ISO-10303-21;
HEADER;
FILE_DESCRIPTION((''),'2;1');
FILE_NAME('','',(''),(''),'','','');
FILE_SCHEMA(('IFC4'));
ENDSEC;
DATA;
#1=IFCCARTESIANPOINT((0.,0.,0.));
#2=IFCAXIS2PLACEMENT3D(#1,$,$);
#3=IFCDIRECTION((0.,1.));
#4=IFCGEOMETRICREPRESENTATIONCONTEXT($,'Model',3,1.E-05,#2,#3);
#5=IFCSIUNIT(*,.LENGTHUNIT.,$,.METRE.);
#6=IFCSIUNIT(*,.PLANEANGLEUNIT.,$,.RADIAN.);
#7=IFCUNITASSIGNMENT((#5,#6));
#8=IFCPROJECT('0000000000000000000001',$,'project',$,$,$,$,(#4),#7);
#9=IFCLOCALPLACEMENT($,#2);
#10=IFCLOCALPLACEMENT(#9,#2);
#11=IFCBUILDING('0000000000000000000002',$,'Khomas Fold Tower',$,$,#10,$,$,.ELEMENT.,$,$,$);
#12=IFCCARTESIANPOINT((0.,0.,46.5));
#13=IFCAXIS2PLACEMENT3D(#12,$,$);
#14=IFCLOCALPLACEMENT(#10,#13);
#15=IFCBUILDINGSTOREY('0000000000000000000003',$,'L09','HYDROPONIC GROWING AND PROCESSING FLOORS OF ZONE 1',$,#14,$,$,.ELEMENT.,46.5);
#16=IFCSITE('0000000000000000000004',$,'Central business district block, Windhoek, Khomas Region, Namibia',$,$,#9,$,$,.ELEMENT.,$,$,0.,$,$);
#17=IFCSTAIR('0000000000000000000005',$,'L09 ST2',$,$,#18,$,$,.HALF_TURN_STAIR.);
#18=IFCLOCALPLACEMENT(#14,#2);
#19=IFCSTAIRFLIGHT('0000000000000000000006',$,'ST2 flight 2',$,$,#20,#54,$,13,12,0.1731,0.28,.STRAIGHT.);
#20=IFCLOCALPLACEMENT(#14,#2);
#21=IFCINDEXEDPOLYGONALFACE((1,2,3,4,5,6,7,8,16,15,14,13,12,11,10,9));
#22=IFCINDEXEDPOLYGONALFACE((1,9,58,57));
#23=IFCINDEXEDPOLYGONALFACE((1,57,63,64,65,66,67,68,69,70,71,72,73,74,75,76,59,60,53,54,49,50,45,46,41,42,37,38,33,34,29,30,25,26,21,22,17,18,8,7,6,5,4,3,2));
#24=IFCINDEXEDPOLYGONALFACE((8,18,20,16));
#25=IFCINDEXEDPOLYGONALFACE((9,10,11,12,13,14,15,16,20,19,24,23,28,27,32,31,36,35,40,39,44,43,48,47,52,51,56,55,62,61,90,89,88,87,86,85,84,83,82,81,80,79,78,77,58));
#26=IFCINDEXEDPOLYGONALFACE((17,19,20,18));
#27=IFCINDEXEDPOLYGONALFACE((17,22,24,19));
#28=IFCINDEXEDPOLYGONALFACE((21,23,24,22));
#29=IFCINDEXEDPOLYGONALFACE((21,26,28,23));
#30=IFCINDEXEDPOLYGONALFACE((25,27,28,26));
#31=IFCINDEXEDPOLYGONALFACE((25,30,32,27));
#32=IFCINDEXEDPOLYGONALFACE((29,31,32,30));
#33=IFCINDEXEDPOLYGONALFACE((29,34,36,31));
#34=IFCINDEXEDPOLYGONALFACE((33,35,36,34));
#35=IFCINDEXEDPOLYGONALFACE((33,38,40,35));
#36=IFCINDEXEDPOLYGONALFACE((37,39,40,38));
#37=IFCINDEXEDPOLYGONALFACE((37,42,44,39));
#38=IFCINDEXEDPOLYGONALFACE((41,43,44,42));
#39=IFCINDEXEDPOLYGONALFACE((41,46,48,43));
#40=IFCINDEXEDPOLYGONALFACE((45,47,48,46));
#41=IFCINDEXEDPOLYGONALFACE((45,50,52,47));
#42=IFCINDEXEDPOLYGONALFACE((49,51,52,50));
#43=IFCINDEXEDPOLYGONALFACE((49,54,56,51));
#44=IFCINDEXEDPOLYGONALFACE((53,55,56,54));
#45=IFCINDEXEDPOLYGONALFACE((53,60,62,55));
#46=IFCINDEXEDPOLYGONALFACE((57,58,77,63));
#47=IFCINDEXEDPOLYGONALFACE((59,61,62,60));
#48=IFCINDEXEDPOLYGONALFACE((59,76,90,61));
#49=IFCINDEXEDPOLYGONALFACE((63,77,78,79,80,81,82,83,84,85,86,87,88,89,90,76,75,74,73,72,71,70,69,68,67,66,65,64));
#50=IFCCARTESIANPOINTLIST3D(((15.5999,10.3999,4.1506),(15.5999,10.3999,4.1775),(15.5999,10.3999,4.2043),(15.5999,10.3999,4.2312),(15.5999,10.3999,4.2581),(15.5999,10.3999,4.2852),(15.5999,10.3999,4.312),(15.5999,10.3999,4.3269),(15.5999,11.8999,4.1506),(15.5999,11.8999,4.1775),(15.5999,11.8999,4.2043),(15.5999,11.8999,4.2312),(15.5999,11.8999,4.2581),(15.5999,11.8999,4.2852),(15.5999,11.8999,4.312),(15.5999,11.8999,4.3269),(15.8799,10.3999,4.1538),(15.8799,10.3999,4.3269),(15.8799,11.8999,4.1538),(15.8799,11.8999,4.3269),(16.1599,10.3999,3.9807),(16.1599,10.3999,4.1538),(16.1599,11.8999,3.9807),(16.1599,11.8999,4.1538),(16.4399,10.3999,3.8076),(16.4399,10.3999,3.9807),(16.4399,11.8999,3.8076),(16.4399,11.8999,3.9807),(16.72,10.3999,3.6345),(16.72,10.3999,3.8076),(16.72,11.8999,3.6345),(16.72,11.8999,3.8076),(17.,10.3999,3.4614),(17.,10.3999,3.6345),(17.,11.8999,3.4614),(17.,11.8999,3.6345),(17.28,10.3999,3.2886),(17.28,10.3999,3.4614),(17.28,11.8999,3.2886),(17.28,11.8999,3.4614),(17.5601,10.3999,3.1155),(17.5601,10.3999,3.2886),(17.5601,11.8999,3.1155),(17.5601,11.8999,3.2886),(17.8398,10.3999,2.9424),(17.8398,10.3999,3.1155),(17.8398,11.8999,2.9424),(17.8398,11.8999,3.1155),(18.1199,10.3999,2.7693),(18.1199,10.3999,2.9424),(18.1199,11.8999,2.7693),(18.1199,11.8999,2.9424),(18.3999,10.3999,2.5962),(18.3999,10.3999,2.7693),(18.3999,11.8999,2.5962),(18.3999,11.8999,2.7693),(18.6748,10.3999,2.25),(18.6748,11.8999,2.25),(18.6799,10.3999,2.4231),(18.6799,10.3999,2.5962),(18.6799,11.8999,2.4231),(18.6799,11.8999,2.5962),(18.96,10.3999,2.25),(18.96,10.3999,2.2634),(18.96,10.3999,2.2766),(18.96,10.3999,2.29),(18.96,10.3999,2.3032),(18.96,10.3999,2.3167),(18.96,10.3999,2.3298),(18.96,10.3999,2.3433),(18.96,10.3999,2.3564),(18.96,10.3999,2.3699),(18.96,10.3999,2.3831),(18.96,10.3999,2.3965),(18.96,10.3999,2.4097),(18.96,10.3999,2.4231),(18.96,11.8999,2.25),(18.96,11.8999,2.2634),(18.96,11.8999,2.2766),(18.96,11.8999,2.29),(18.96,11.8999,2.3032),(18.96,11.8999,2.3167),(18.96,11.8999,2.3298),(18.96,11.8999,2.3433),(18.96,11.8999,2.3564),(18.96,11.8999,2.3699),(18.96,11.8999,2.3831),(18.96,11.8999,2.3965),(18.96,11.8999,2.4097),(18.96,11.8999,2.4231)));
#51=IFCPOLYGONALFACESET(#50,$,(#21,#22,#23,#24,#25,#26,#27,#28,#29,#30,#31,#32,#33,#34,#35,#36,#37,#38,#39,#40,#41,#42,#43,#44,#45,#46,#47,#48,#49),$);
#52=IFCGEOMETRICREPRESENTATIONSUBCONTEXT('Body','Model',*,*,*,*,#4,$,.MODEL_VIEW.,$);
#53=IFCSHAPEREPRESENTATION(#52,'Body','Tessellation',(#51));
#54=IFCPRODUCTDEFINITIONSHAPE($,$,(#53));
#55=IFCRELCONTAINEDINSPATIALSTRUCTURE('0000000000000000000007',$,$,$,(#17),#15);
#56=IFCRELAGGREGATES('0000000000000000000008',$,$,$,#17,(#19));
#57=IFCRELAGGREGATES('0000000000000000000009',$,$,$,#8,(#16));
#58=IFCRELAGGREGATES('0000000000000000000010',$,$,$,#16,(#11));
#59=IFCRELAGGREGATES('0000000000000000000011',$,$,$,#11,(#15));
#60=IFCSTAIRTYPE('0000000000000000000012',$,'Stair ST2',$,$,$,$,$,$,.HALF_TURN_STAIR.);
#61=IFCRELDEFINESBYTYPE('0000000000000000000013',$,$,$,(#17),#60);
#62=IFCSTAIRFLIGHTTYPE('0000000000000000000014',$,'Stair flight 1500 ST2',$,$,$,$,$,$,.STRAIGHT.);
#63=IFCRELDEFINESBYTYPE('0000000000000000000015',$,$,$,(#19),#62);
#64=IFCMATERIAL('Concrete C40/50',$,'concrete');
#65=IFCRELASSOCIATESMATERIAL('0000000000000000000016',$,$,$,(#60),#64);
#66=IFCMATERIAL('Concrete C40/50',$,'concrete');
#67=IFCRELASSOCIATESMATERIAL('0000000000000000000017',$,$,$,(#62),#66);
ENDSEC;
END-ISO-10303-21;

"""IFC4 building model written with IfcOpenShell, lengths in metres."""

from ifc_helpers import new_model, si_unit, direction, frame, origin, place, context, subcontext, project, spatial, polyline, outline, extrude, source, transform, mapped, material, type_object, element, aggregate, save


model = new_model("IFC4")

# Units and contexts
model_context = context("Model", 3, precision=1e-05, world=origin(), true_north=direction((0.0, 1.0)))
body_context = subcontext(model_context, "Body", "Model", "MODEL_VIEW")
ifc_project = project(units=[si_unit("LENGTHUNIT", "METRE"), si_unit("PLANEANGLEUNIT", "RADIAN")], contexts=[model_context])

# Site, building, storey
site_placement = place(None, origin())
site = spatial("IfcSite", under=ifc_project, at=site_placement, Name="Central business district block, Windhoek, Khomas Region, Namibia", CompositionType="ELEMENT", RefElevation=0.0)
building_placement = place(site_placement, origin())
building = spatial("IfcBuilding", under=site, at=building_placement, Name="Khomas Fold Tower", CompositionType="ELEMENT")
storey_placement = place(building_placement, frame((0.0, 0.0, 46.5)))
storey = spatial("IfcBuildingStorey", under=building, at=storey_placement, Name="L09", Description="HYDROPONIC GROWING AND PROCESSING FLOORS OF ZONE 1", CompositionType="ELEMENT", Elevation=46.5)

# Stair, stair flight
ifc_material_1 = material(Name="Concrete C40/50", Category="concrete")
stair_type = type_object("IfcStairType", Name="Stair ST2", PredefinedType="HALF_TURN_STAIR", material=ifc_material_1)
stair_placement = place(storey_placement, origin())
stair = element("IfcStair", 1, at=stair_placement, inside=storey, type_object=stair_type, Name="L09 ST2", PredefinedType="HALF_TURN_STAIR")
ifc_material_2 = material(Name="Concrete C40/50", Category="concrete")
stair_flight_type = type_object("IfcStairFlightType", Name="Stair flight 1500 ST2", PredefinedType="STRAIGHT", material=ifc_material_2)
shared_shape_1 = source(origin(), body_context, "Body", "SweptSolid", [
    extrude(outline(polyline([(0.0, 0.0), (0.0, 0.0134), (0.0, 0.0266), (0.0, 0.04), (0.0, 0.0532), (0.0, 0.0667), (0.0, 0.0798), (0.0, 0.0933), (0.0, 0.1064), (0.0, 0.1199), (0.0, 0.1331), (0.0, 0.1465), (0.0, 0.1597), (0.0, 0.1731), (0.28, 0.1731), (0.28, 0.3462), (0.5601, 0.3462), (0.5601, 0.5193), (0.8401, 0.5193), (0.8401, 0.6924), (1.1201, 0.6924), (1.1201, 0.8655), (1.3999, 0.8655), (1.3999, 1.0386), (1.6799, 1.0386), (1.6799, 1.2114), (1.96, 1.2114), (1.96, 1.3845), (2.24, 1.3845), (2.24, 1.5576), (2.52, 1.5576), (2.52, 1.7307), (2.8, 1.7307), (2.8, 1.9038), (3.0801, 1.9038), (3.0801, 2.0769), (3.3601, 2.0769), (3.3601, 2.25), (3.3601, 2.2231), (3.3601, 2.1963), (3.3601, 2.1694), (3.3601, 2.1426), (3.3601, 2.1157), (3.3601, 2.0889), (3.3601, 2.062), (3.3601, 2.0352), (3.3601, 2.0081), (3.3601, 1.9812), (3.3601, 1.9543), (3.3601, 1.9275), (3.3601, 1.9006), (0.2852, 0.0), (0.0, 0.0)])), frame((0.0, 0.75, 0.0), z_axis=(0.0, -1.0, 0.0), x_axis=(1.0, 0.0, 0.0)), (0.0, 0.0, 1.0), 1.5),
])
stair_flight_1_placement = place(storey_placement, frame((18.96, 11.1499, 2.25), z_axis=(0.0, 0.0, 1.0), x_axis=(-1.0, 0.0, 0.0)))
stair_flight_1 = element("IfcStairFlight", 2, at=stair_flight_1_placement, type_object=stair_flight_type, Name="ST2 flight 2", NumberOfRisers=13, NumberOfTreads=12, PredefinedType="STRAIGHT", RiserHeight=0.1731, TreadLength=0.28, context=body_context, shape_type="MappedRepresentation", body=[
    mapped(shared_shape_1, transform((0.0, 0.0, 0.0))),
])
aggregate(stair, [stair_flight_1])

save(model, "model.ifc")
